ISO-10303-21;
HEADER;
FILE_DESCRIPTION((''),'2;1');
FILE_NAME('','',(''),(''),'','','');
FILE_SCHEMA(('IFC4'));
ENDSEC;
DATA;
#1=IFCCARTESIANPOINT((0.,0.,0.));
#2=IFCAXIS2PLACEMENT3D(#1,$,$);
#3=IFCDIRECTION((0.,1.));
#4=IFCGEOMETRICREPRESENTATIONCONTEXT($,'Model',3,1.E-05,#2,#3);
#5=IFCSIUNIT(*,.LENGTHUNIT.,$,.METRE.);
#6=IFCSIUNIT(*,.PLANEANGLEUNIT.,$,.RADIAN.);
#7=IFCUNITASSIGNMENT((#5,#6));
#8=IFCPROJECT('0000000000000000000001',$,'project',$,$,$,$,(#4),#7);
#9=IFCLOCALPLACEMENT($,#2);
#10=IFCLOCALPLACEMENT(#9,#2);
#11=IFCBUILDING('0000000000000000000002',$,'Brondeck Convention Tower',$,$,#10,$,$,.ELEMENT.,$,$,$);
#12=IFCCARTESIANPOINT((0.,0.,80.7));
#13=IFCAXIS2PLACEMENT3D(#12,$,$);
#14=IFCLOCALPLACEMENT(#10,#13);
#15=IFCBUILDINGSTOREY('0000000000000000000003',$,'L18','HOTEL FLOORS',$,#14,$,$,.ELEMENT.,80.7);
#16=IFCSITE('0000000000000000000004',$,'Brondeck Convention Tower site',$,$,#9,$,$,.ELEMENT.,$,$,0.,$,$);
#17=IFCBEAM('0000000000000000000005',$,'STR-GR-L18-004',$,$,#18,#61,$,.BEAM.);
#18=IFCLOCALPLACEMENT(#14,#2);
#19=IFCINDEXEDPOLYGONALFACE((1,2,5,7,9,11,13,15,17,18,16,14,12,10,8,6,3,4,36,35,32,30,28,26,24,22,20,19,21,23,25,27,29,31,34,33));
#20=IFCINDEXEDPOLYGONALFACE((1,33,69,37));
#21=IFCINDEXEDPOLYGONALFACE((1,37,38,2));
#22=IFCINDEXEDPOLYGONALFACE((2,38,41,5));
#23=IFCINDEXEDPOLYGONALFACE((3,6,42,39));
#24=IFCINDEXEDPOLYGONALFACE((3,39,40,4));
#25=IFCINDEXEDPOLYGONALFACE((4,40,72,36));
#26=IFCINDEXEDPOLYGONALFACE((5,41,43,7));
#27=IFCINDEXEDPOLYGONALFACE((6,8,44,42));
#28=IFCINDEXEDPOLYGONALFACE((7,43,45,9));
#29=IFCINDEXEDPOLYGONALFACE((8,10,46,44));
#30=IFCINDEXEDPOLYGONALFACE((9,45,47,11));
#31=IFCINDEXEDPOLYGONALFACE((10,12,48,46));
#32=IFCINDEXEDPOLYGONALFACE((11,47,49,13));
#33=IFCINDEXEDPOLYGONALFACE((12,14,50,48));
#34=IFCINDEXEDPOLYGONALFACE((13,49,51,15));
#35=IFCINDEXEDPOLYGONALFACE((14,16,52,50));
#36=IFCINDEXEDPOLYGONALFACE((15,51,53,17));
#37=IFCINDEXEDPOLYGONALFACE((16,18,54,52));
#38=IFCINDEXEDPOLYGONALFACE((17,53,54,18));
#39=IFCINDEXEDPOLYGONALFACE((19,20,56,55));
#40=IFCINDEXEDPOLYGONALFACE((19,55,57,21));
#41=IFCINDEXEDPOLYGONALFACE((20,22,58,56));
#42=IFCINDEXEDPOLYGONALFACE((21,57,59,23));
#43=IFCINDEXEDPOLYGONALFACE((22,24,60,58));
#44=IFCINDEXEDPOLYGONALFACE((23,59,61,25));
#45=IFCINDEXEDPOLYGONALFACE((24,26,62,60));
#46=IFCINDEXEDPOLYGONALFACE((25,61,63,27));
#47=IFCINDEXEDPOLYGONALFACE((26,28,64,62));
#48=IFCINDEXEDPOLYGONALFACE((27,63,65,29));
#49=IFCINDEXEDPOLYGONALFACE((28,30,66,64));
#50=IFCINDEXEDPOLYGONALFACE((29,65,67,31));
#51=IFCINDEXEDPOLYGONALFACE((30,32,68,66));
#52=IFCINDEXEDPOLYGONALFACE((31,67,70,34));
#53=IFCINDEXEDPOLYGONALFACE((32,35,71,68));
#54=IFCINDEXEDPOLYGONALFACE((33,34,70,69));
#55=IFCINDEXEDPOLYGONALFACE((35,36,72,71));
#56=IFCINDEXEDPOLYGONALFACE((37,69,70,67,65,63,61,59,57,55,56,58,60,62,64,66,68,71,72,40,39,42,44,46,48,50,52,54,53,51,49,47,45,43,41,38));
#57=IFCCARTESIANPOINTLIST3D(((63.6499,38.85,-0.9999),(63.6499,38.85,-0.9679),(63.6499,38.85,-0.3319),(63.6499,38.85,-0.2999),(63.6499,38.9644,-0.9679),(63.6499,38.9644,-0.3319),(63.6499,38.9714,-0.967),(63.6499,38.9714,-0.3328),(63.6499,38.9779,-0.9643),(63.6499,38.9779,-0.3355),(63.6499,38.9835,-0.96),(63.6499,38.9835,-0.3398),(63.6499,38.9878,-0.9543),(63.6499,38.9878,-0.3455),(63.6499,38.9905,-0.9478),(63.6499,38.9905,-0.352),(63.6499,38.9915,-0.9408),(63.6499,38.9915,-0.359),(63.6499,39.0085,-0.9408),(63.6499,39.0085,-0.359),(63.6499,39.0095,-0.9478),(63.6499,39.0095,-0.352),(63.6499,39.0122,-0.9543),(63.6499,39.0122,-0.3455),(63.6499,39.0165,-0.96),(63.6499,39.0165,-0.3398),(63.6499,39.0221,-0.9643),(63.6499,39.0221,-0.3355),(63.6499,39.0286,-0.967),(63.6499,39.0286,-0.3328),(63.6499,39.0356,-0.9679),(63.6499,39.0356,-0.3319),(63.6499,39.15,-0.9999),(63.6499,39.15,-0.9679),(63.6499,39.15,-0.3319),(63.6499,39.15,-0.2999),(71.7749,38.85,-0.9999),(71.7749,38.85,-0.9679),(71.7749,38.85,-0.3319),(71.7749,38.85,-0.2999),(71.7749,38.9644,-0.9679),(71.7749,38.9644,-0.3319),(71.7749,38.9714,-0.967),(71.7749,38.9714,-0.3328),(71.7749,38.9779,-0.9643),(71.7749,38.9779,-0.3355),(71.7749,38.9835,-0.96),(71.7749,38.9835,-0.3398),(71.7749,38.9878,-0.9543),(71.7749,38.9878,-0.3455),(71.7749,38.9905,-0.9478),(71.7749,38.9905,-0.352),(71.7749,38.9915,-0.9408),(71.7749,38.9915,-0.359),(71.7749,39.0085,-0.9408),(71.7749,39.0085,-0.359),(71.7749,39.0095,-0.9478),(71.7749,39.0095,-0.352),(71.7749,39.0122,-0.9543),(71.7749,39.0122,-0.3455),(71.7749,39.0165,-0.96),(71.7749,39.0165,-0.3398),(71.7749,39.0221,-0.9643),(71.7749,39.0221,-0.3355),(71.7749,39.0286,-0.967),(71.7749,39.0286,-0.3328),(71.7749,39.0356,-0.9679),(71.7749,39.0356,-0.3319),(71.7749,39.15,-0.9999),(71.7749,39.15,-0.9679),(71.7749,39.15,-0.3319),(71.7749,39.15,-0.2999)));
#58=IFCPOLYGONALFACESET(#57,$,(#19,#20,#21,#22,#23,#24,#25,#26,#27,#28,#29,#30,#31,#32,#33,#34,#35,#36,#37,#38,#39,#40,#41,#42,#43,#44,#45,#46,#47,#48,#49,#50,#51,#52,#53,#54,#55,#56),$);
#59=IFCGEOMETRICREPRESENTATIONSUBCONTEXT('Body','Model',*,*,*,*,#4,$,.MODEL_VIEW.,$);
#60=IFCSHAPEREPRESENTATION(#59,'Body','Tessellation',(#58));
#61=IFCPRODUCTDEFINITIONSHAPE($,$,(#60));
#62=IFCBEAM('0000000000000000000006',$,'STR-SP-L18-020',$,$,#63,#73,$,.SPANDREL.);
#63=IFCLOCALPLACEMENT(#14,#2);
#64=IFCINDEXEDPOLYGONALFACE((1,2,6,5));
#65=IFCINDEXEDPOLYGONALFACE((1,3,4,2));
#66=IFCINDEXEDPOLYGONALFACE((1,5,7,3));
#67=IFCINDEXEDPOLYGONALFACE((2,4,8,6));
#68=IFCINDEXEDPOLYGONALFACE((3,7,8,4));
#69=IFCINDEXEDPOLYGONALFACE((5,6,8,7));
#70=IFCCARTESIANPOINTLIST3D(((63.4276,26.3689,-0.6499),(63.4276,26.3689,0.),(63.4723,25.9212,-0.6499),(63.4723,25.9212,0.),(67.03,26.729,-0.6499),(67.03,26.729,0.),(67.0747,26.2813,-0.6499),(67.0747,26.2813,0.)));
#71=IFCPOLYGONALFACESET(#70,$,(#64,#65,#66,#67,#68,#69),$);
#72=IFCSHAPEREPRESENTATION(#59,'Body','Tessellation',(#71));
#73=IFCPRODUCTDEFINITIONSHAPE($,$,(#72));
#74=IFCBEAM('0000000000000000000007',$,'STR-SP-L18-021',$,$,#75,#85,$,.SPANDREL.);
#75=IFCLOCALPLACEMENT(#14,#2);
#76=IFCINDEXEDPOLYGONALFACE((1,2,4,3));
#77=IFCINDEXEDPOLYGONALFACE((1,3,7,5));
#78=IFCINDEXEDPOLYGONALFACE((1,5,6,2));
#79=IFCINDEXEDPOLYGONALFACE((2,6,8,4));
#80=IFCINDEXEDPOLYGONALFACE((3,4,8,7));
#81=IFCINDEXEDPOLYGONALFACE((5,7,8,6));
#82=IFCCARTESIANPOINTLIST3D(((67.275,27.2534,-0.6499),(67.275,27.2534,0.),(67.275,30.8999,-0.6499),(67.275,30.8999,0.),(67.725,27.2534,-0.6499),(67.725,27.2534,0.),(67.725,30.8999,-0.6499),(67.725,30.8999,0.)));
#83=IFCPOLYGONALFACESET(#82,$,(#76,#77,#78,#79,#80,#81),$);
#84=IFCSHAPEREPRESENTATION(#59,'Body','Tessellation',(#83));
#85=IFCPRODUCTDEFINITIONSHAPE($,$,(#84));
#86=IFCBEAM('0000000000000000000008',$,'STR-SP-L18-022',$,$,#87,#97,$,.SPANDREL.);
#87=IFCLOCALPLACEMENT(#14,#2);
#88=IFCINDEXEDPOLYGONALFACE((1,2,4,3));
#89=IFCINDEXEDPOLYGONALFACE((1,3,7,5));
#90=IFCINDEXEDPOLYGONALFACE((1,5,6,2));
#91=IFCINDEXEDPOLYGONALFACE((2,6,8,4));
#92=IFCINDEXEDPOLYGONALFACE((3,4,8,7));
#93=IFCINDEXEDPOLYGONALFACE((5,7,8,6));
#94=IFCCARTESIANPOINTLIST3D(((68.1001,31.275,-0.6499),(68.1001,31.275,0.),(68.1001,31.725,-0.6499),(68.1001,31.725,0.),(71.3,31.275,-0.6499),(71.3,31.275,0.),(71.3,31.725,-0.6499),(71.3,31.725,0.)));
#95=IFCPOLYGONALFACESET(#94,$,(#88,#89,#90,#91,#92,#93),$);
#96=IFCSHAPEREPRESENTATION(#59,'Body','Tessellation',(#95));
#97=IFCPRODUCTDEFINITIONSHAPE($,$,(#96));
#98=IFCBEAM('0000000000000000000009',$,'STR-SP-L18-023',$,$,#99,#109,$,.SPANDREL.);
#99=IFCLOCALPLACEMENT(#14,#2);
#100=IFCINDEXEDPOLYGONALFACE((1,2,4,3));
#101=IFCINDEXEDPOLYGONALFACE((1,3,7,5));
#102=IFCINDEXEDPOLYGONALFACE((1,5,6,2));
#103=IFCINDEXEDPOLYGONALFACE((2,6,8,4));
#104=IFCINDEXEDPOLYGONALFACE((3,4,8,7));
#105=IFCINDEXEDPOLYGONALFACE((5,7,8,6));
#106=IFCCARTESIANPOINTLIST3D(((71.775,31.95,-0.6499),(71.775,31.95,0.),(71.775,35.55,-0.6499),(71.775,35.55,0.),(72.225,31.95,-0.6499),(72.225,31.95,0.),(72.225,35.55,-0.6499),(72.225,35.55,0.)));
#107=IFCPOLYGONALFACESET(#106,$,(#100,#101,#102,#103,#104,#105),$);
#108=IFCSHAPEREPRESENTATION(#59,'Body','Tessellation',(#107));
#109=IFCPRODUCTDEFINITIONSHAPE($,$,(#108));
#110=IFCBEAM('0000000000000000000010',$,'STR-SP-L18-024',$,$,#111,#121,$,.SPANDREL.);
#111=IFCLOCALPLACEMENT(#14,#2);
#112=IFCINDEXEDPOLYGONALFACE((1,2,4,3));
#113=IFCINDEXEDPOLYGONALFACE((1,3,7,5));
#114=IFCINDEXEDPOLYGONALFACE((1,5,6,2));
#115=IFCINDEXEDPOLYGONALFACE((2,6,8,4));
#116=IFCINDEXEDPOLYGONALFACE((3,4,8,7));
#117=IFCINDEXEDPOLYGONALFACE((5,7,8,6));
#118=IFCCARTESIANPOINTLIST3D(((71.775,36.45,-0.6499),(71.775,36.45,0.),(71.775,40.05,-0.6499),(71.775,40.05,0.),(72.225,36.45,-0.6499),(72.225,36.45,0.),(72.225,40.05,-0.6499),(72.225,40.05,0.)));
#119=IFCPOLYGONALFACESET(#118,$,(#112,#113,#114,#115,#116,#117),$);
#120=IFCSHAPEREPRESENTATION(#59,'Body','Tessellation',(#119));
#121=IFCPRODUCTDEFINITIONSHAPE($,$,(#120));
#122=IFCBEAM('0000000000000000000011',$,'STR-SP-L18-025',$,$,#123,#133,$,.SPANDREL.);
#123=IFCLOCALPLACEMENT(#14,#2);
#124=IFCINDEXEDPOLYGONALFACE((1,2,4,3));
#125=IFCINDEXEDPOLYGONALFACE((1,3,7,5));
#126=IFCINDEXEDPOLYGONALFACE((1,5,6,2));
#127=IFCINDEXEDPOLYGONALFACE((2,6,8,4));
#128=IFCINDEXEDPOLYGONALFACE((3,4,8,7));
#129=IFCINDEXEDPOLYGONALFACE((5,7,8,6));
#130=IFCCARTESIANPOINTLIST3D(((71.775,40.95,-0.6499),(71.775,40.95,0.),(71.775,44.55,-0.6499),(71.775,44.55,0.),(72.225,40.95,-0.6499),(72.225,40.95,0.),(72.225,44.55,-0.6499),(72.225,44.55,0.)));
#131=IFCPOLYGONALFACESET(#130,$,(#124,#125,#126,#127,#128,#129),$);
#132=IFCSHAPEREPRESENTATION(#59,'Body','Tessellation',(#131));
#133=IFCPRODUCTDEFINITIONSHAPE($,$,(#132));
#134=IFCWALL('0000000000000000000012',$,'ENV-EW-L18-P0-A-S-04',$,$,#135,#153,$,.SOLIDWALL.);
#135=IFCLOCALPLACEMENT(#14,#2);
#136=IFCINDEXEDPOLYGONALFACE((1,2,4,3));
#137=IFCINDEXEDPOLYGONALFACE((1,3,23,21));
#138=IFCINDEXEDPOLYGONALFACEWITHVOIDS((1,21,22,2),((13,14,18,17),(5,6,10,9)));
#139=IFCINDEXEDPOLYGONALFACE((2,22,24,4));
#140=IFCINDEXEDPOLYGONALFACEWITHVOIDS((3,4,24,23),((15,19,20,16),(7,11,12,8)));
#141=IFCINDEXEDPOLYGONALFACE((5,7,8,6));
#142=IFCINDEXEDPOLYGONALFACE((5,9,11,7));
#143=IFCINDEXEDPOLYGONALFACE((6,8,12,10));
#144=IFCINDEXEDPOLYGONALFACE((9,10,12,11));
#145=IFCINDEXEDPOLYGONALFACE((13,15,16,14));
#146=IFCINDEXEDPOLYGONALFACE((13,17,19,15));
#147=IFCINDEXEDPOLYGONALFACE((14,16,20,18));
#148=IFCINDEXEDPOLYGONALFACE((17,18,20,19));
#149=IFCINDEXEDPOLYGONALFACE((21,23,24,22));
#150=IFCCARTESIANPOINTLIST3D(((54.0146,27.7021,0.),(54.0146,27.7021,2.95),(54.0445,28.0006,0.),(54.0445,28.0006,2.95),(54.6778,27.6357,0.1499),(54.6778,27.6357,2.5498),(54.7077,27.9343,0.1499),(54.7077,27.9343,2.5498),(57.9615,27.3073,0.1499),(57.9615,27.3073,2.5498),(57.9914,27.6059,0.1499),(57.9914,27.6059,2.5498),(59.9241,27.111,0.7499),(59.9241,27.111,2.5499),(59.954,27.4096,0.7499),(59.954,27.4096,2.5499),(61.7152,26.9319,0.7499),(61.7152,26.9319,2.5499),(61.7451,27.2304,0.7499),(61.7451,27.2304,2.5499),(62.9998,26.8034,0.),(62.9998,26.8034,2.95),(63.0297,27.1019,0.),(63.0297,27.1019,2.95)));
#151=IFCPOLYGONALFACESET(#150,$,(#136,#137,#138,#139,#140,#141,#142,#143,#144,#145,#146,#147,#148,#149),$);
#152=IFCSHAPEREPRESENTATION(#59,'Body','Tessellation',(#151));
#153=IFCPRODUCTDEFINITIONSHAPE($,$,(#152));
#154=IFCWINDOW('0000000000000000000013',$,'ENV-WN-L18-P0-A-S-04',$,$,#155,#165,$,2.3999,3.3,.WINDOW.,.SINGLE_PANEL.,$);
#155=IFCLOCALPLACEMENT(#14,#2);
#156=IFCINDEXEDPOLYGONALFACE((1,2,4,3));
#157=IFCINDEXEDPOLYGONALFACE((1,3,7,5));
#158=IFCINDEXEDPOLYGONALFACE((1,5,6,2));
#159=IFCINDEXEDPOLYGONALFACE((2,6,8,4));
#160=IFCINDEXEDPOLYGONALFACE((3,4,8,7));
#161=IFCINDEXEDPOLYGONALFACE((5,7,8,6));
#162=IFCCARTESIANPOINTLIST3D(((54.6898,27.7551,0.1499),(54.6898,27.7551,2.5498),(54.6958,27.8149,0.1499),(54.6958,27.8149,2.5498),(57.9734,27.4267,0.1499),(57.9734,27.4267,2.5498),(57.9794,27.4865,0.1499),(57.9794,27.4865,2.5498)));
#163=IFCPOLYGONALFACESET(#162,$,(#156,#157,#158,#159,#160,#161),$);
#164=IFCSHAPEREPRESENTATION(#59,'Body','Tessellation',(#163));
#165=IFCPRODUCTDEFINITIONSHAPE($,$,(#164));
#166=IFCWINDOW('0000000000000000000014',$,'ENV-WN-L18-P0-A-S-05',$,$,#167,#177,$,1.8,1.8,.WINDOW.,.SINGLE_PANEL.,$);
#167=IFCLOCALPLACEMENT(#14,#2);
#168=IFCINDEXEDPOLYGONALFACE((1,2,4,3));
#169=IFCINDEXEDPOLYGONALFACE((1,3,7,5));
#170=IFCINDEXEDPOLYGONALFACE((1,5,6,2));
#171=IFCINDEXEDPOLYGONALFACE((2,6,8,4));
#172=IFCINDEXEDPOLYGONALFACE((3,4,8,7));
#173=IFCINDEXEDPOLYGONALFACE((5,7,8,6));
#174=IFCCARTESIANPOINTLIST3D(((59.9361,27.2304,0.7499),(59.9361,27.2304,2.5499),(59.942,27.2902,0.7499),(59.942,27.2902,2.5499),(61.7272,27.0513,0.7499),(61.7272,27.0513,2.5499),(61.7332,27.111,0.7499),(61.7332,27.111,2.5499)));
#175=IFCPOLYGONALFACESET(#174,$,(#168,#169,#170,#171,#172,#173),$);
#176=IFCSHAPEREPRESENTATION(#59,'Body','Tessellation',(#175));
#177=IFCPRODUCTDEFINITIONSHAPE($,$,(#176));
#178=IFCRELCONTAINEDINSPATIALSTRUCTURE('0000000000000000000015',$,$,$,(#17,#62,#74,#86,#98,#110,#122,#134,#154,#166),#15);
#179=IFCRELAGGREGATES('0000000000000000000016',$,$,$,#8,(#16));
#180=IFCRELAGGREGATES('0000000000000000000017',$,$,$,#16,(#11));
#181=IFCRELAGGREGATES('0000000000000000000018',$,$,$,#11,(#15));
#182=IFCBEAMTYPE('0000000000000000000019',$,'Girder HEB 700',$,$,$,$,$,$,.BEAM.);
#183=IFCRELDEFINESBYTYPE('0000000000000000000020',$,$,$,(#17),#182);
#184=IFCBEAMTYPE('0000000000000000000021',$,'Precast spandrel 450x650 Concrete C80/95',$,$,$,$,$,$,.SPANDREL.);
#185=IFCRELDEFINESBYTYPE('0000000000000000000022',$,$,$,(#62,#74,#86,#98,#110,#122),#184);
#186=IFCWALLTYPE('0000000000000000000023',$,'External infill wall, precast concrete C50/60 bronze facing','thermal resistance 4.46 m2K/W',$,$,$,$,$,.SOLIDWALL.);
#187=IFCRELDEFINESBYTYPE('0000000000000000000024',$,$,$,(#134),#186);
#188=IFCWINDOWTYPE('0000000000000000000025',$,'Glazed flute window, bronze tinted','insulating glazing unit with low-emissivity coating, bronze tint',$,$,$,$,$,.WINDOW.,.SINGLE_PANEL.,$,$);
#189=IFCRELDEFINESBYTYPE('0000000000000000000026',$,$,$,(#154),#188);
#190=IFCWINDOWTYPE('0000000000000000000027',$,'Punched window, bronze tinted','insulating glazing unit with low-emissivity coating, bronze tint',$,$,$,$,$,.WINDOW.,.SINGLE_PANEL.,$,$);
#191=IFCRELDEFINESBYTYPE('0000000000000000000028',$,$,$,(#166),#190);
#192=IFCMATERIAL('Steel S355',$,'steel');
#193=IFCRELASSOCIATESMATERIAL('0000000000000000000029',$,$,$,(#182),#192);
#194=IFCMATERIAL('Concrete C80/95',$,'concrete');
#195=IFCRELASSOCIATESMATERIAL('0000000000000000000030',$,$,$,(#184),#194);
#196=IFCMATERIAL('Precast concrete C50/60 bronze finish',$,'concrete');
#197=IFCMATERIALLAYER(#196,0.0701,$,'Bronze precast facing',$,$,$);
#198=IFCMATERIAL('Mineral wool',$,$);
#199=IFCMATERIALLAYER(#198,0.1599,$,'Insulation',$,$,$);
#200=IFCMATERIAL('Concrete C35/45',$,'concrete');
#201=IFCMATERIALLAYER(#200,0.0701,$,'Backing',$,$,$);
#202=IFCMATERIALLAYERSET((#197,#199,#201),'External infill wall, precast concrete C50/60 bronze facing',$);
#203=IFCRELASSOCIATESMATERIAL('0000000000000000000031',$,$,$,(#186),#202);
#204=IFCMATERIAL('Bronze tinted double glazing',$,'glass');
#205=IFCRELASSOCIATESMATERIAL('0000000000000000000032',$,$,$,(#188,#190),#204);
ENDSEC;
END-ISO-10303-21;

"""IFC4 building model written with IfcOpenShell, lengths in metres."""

from ifc_helpers import new_model, si_unit, direction, frame, frame_2d, origin, origin_2d, place, context, subcontext, project, spatial, rectangle, i_section, extrude, material, layer, layer_set, material_profile, profile_set, type_object, element, fill, save


model = new_model("IFC4")

# Units and contexts
model_context = context("Model", 3, precision=1e-05, world=origin(), true_north=direction((0.0, 1.0)))
body_context = subcontext(model_context, "Body", "Model", "MODEL_VIEW")
ifc_project = project(units=[si_unit("LENGTHUNIT", "METRE"), si_unit("PLANEANGLEUNIT", "RADIAN")], contexts=[model_context])

# Site, building, storey
site_placement = place(None, origin())
site = spatial("IfcSite", under=ifc_project, at=site_placement, Name="Brondeck Convention Tower site", CompositionType="ELEMENT", RefElevation=0.0)
building_placement = place(site_placement, origin())
building = spatial("IfcBuilding", under=site, at=building_placement, Name="Brondeck Convention Tower", CompositionType="ELEMENT")
storey_placement = place(building_placement, frame((0.0, 0.0, 80.7)))
storey = spatial("IfcBuildingStorey", under=building, at=storey_placement, Name="L18", Description="HOTEL FLOORS", CompositionType="ELEMENT", Elevation=80.7)

# Shared definitions
ifc_material_1 = material(Name="Concrete C80/95", Category="concrete")

# Beams
ifc_material_2 = material(Name="Steel S355", Category="steel")
ifc_material_profile_1 = material_profile(ifc_material_2, i_section(OverallWidth=0.3, OverallDepth=0.7, WebThickness=0.0171, FlangeThickness=0.032, FilletRadius=0.0271, at=origin_2d()), Name="HEB 700")
ifc_profile_set_1 = profile_set([ifc_material_profile_1], Name="Steel S355")
beam_type_1 = type_object("IfcBeamType", Name="Girder HEB 700", PredefinedType="BEAM", material=ifc_profile_set_1)
beam_1_placement = place(storey_placement, frame((63.6499, 39.0, -0.6499), z_axis=(1.0, 0.0, 0.0), x_axis=(0.0, 1.0, 0.0)))
element("IfcBeam", 1, at=beam_1_placement, inside=storey, type_object=beam_type_1, Name="STR-GR-L18-004", PredefinedType="BEAM", context=body_context, shape_type="SweptSolid", body=[
    extrude(i_section(OverallWidth=0.3, OverallDepth=0.7, WebThickness=0.0171, FlangeThickness=0.032, FilletRadius=0.0271, at=origin_2d()), origin(), (0.0, 0.0, 1.0), 8.125),
])
ifc_material_profile_2 = material_profile(ifc_material_1, rectangle(XDim=0.45, YDim=0.6499, at=origin_2d()), Name="Precast spandrel 450x650 Concrete C80/95")
ifc_profile_set_2 = profile_set([ifc_material_profile_2], Name="Concrete C80/95")
beam_type_2 = type_object("IfcBeamType", Name="Precast spandrel 450x650 Concrete C80/95", PredefinedType="SPANDREL", material=ifc_profile_set_2)
beam_2_placement = place(storey_placement, frame((63.45, 26.145, -0.325), z_axis=(0.995041, 0.09947, 0.0), x_axis=(-0.09947, 0.995041, 0.0)))
element("IfcBeam", 2, at=beam_2_placement, inside=storey, type_object=beam_type_2, Name="STR-SP-L18-020", PredefinedType="SPANDREL", context=body_context, shape_type="SweptSolid", body=[
    extrude(rectangle(XDim=0.45, YDim=0.6499, at=origin_2d()), origin(), (0.0, 0.0, 1.0), 3.6204),
])
beam_3_placement = place(storey_placement, frame((67.5, 27.2534, -0.325), z_axis=(0.0, 1.0, 0.0), x_axis=(-1.0, 0.0, 0.0)))
element("IfcBeam", 3, at=beam_3_placement, inside=storey, type_object=beam_type_2, Name="STR-SP-L18-021", PredefinedType="SPANDREL", context=body_context, shape_type="SweptSolid", body=[
    extrude(rectangle(XDim=0.45, YDim=0.6499, at=origin_2d()), origin(), (0.0, 0.0, 1.0), 3.6465),
])
beam_4_placement = place(storey_placement, frame((68.1001, 31.5, -0.325), z_axis=(1.0, 0.0, 0.0), x_axis=(0.0, 1.0, 0.0)))
element("IfcBeam", 4, at=beam_4_placement, inside=storey, type_object=beam_type_2, Name="STR-SP-L18-022", PredefinedType="SPANDREL", context=body_context, shape_type="SweptSolid", body=[
    extrude(rectangle(XDim=0.45, YDim=0.6499, at=origin_2d()), origin(), (0.0, 0.0, 1.0), 3.2),
])
for number, where, z_axis, x_axis, name in (
    (5, (72.0, 31.95, -0.325), (0.0, 1.0, 0.0), (-1.0, 0.0, 0.0), "STR-SP-L18-023"),
    (6, (72.0, 36.45, -0.325), (0.0, 1.0, 0.0), (-1.0, 0.0, 0.0), "STR-SP-L18-024"),
    (7, (72.0, 40.95, -0.325), (0.0, 1.0, 0.0), (-1.0, 0.0, 0.0), "STR-SP-L18-025"),
):
    element("IfcBeam", number, at=place(storey_placement, frame(where, z_axis=z_axis, x_axis=x_axis)), inside=storey, type_object=beam_type_2, Name=name, PredefinedType="SPANDREL", context=body_context, shape_type="SweptSolid", body=[
        extrude(rectangle(XDim=0.45, YDim=0.6499, at=origin_2d()), origin(), (0.0, 0.0, 1.0), 3.6001),
    ])

# Wall, openings, windows
ifc_material_3 = material(Name="Precast concrete C50/60 bronze finish", Category="concrete")
ifc_layer_1 = layer(ifc_material_3, 0.0701, Name="Bronze precast facing")
ifc_material_4 = material(Name="Mineral wool")
ifc_layer_2 = layer(ifc_material_4, 0.1599, Name="Insulation")
ifc_material_5 = material(Name="Concrete C35/45", Category="concrete")
ifc_layer_3 = layer(ifc_material_5, 0.0701, Name="Backing")
ifc_layer_set_1 = layer_set([ifc_layer_1, ifc_layer_2, ifc_layer_3], Name="External infill wall, precast concrete C50/60 bronze facing")
wall_type_1 = type_object("IfcWallType", Name="External infill wall, precast concrete C50/60 bronze facing", Description="thermal resistance 4.46 m2K/W", PredefinedType="SOLIDWALL", material=ifc_layer_set_1)
wall_1_placement = place(storey_placement, frame((63.0149, 26.9526, 0.0), z_axis=(0.0, 0.0, 1.0), x_axis=(-0.995035, 0.099522, 0.0)))
wall_1 = element("IfcWall", 8, at=wall_1_placement, inside=storey, type_object=wall_type_1, Name="ENV-EW-L18-P0-A-S-04", PredefinedType="SOLIDWALL", context=body_context, shape_type="SweptSolid", body=[
    extrude(rectangle(XDim=9.03, YDim=0.3, at=frame_2d((4.5151, 0.0))), origin(), (0.0, 0.0, 1.0), 2.95),
])
opening_1_placement = place(wall_1_placement, frame((1.2913, 0.0, 0.75)))
opening_1 = element("IfcOpeningElement", 9, at=opening_1_placement, cuts=wall_1, PredefinedType="OPENING", context=body_context, shape_type="SweptSolid", body=[
    extrude(rectangle(XDim=1.8, YDim=1.8, at=frame_2d((0.8999, 0.8999))), frame((0.0, 0.1599, 0.0), z_axis=(0.0, -1.0, 0.0), x_axis=(1.0, 0.0, 0.0)), (0.0, 0.0, 1.0), 0.3201),
])
opening_2_placement = place(wall_1_placement, frame((5.0637, 0.0, 0.1499)))
opening_2 = element("IfcOpeningElement", 10, at=opening_2_placement, cuts=wall_1, PredefinedType="OPENING", context=body_context, shape_type="SweptSolid", body=[
    extrude(rectangle(XDim=3.3, YDim=2.3999, at=frame_2d((1.6499, 1.2))), frame((0.0, 0.1599, 0.0), z_axis=(0.0, -1.0, 0.0), x_axis=(1.0, 0.0, 0.0)), (0.0, 0.0, 1.0), 0.3201),
])
ifc_material_6 = material(Name="Bronze tinted double glazing", Category="glass")
window_type_1 = type_object("IfcWindowType", Name="Glazed flute window, bronze tinted", Description="insulating glazing unit with low-emissivity coating, bronze tint", PartitioningType="SINGLE_PANEL", PredefinedType="WINDOW", material=ifc_material_6)
window_1_placement = place(opening_2_placement, origin())
window_1 = element("IfcWindow", 11, at=window_1_placement, inside=storey, type_object=window_type_1, Name="ENV-WN-L18-P0-A-S-04", OverallHeight=2.3999, OverallWidth=3.3, PartitioningType="SINGLE_PANEL", PredefinedType="WINDOW", context=body_context, shape_type="SweptSolid", body=[
    extrude(rectangle(XDim=3.3, YDim=2.3999, at=frame_2d((1.6499, 1.2))), frame((0.0, 0.03, 0.0), z_axis=(0.0, -1.0, 0.0), x_axis=(1.0, 0.0, 0.0)), (0.0, 0.0, 1.0), 0.0601),
])
fill(opening_2, window_1)
window_type_2 = type_object("IfcWindowType", Name="Punched window, bronze tinted", Description="insulating glazing unit with low-emissivity coating, bronze tint", PartitioningType="SINGLE_PANEL", PredefinedType="WINDOW", material=ifc_material_6)
window_2_placement = place(opening_1_placement, origin())
window_2 = element("IfcWindow", 12, at=window_2_placement, inside=storey, type_object=window_type_2, Name="ENV-WN-L18-P0-A-S-05", OverallHeight=1.8, OverallWidth=1.8, PartitioningType="SINGLE_PANEL", PredefinedType="WINDOW", context=body_context, shape_type="SweptSolid", body=[
    extrude(rectangle(XDim=1.8, YDim=1.8, at=frame_2d((0.8999, 0.8999))), frame((0.0, 0.03, 0.0), z_axis=(0.0, -1.0, 0.0), x_axis=(1.0, 0.0, 0.0)), (0.0, 0.0, 1.0), 0.0601),
])
fill(opening_1, window_2)

save(model, "model.ifc")
